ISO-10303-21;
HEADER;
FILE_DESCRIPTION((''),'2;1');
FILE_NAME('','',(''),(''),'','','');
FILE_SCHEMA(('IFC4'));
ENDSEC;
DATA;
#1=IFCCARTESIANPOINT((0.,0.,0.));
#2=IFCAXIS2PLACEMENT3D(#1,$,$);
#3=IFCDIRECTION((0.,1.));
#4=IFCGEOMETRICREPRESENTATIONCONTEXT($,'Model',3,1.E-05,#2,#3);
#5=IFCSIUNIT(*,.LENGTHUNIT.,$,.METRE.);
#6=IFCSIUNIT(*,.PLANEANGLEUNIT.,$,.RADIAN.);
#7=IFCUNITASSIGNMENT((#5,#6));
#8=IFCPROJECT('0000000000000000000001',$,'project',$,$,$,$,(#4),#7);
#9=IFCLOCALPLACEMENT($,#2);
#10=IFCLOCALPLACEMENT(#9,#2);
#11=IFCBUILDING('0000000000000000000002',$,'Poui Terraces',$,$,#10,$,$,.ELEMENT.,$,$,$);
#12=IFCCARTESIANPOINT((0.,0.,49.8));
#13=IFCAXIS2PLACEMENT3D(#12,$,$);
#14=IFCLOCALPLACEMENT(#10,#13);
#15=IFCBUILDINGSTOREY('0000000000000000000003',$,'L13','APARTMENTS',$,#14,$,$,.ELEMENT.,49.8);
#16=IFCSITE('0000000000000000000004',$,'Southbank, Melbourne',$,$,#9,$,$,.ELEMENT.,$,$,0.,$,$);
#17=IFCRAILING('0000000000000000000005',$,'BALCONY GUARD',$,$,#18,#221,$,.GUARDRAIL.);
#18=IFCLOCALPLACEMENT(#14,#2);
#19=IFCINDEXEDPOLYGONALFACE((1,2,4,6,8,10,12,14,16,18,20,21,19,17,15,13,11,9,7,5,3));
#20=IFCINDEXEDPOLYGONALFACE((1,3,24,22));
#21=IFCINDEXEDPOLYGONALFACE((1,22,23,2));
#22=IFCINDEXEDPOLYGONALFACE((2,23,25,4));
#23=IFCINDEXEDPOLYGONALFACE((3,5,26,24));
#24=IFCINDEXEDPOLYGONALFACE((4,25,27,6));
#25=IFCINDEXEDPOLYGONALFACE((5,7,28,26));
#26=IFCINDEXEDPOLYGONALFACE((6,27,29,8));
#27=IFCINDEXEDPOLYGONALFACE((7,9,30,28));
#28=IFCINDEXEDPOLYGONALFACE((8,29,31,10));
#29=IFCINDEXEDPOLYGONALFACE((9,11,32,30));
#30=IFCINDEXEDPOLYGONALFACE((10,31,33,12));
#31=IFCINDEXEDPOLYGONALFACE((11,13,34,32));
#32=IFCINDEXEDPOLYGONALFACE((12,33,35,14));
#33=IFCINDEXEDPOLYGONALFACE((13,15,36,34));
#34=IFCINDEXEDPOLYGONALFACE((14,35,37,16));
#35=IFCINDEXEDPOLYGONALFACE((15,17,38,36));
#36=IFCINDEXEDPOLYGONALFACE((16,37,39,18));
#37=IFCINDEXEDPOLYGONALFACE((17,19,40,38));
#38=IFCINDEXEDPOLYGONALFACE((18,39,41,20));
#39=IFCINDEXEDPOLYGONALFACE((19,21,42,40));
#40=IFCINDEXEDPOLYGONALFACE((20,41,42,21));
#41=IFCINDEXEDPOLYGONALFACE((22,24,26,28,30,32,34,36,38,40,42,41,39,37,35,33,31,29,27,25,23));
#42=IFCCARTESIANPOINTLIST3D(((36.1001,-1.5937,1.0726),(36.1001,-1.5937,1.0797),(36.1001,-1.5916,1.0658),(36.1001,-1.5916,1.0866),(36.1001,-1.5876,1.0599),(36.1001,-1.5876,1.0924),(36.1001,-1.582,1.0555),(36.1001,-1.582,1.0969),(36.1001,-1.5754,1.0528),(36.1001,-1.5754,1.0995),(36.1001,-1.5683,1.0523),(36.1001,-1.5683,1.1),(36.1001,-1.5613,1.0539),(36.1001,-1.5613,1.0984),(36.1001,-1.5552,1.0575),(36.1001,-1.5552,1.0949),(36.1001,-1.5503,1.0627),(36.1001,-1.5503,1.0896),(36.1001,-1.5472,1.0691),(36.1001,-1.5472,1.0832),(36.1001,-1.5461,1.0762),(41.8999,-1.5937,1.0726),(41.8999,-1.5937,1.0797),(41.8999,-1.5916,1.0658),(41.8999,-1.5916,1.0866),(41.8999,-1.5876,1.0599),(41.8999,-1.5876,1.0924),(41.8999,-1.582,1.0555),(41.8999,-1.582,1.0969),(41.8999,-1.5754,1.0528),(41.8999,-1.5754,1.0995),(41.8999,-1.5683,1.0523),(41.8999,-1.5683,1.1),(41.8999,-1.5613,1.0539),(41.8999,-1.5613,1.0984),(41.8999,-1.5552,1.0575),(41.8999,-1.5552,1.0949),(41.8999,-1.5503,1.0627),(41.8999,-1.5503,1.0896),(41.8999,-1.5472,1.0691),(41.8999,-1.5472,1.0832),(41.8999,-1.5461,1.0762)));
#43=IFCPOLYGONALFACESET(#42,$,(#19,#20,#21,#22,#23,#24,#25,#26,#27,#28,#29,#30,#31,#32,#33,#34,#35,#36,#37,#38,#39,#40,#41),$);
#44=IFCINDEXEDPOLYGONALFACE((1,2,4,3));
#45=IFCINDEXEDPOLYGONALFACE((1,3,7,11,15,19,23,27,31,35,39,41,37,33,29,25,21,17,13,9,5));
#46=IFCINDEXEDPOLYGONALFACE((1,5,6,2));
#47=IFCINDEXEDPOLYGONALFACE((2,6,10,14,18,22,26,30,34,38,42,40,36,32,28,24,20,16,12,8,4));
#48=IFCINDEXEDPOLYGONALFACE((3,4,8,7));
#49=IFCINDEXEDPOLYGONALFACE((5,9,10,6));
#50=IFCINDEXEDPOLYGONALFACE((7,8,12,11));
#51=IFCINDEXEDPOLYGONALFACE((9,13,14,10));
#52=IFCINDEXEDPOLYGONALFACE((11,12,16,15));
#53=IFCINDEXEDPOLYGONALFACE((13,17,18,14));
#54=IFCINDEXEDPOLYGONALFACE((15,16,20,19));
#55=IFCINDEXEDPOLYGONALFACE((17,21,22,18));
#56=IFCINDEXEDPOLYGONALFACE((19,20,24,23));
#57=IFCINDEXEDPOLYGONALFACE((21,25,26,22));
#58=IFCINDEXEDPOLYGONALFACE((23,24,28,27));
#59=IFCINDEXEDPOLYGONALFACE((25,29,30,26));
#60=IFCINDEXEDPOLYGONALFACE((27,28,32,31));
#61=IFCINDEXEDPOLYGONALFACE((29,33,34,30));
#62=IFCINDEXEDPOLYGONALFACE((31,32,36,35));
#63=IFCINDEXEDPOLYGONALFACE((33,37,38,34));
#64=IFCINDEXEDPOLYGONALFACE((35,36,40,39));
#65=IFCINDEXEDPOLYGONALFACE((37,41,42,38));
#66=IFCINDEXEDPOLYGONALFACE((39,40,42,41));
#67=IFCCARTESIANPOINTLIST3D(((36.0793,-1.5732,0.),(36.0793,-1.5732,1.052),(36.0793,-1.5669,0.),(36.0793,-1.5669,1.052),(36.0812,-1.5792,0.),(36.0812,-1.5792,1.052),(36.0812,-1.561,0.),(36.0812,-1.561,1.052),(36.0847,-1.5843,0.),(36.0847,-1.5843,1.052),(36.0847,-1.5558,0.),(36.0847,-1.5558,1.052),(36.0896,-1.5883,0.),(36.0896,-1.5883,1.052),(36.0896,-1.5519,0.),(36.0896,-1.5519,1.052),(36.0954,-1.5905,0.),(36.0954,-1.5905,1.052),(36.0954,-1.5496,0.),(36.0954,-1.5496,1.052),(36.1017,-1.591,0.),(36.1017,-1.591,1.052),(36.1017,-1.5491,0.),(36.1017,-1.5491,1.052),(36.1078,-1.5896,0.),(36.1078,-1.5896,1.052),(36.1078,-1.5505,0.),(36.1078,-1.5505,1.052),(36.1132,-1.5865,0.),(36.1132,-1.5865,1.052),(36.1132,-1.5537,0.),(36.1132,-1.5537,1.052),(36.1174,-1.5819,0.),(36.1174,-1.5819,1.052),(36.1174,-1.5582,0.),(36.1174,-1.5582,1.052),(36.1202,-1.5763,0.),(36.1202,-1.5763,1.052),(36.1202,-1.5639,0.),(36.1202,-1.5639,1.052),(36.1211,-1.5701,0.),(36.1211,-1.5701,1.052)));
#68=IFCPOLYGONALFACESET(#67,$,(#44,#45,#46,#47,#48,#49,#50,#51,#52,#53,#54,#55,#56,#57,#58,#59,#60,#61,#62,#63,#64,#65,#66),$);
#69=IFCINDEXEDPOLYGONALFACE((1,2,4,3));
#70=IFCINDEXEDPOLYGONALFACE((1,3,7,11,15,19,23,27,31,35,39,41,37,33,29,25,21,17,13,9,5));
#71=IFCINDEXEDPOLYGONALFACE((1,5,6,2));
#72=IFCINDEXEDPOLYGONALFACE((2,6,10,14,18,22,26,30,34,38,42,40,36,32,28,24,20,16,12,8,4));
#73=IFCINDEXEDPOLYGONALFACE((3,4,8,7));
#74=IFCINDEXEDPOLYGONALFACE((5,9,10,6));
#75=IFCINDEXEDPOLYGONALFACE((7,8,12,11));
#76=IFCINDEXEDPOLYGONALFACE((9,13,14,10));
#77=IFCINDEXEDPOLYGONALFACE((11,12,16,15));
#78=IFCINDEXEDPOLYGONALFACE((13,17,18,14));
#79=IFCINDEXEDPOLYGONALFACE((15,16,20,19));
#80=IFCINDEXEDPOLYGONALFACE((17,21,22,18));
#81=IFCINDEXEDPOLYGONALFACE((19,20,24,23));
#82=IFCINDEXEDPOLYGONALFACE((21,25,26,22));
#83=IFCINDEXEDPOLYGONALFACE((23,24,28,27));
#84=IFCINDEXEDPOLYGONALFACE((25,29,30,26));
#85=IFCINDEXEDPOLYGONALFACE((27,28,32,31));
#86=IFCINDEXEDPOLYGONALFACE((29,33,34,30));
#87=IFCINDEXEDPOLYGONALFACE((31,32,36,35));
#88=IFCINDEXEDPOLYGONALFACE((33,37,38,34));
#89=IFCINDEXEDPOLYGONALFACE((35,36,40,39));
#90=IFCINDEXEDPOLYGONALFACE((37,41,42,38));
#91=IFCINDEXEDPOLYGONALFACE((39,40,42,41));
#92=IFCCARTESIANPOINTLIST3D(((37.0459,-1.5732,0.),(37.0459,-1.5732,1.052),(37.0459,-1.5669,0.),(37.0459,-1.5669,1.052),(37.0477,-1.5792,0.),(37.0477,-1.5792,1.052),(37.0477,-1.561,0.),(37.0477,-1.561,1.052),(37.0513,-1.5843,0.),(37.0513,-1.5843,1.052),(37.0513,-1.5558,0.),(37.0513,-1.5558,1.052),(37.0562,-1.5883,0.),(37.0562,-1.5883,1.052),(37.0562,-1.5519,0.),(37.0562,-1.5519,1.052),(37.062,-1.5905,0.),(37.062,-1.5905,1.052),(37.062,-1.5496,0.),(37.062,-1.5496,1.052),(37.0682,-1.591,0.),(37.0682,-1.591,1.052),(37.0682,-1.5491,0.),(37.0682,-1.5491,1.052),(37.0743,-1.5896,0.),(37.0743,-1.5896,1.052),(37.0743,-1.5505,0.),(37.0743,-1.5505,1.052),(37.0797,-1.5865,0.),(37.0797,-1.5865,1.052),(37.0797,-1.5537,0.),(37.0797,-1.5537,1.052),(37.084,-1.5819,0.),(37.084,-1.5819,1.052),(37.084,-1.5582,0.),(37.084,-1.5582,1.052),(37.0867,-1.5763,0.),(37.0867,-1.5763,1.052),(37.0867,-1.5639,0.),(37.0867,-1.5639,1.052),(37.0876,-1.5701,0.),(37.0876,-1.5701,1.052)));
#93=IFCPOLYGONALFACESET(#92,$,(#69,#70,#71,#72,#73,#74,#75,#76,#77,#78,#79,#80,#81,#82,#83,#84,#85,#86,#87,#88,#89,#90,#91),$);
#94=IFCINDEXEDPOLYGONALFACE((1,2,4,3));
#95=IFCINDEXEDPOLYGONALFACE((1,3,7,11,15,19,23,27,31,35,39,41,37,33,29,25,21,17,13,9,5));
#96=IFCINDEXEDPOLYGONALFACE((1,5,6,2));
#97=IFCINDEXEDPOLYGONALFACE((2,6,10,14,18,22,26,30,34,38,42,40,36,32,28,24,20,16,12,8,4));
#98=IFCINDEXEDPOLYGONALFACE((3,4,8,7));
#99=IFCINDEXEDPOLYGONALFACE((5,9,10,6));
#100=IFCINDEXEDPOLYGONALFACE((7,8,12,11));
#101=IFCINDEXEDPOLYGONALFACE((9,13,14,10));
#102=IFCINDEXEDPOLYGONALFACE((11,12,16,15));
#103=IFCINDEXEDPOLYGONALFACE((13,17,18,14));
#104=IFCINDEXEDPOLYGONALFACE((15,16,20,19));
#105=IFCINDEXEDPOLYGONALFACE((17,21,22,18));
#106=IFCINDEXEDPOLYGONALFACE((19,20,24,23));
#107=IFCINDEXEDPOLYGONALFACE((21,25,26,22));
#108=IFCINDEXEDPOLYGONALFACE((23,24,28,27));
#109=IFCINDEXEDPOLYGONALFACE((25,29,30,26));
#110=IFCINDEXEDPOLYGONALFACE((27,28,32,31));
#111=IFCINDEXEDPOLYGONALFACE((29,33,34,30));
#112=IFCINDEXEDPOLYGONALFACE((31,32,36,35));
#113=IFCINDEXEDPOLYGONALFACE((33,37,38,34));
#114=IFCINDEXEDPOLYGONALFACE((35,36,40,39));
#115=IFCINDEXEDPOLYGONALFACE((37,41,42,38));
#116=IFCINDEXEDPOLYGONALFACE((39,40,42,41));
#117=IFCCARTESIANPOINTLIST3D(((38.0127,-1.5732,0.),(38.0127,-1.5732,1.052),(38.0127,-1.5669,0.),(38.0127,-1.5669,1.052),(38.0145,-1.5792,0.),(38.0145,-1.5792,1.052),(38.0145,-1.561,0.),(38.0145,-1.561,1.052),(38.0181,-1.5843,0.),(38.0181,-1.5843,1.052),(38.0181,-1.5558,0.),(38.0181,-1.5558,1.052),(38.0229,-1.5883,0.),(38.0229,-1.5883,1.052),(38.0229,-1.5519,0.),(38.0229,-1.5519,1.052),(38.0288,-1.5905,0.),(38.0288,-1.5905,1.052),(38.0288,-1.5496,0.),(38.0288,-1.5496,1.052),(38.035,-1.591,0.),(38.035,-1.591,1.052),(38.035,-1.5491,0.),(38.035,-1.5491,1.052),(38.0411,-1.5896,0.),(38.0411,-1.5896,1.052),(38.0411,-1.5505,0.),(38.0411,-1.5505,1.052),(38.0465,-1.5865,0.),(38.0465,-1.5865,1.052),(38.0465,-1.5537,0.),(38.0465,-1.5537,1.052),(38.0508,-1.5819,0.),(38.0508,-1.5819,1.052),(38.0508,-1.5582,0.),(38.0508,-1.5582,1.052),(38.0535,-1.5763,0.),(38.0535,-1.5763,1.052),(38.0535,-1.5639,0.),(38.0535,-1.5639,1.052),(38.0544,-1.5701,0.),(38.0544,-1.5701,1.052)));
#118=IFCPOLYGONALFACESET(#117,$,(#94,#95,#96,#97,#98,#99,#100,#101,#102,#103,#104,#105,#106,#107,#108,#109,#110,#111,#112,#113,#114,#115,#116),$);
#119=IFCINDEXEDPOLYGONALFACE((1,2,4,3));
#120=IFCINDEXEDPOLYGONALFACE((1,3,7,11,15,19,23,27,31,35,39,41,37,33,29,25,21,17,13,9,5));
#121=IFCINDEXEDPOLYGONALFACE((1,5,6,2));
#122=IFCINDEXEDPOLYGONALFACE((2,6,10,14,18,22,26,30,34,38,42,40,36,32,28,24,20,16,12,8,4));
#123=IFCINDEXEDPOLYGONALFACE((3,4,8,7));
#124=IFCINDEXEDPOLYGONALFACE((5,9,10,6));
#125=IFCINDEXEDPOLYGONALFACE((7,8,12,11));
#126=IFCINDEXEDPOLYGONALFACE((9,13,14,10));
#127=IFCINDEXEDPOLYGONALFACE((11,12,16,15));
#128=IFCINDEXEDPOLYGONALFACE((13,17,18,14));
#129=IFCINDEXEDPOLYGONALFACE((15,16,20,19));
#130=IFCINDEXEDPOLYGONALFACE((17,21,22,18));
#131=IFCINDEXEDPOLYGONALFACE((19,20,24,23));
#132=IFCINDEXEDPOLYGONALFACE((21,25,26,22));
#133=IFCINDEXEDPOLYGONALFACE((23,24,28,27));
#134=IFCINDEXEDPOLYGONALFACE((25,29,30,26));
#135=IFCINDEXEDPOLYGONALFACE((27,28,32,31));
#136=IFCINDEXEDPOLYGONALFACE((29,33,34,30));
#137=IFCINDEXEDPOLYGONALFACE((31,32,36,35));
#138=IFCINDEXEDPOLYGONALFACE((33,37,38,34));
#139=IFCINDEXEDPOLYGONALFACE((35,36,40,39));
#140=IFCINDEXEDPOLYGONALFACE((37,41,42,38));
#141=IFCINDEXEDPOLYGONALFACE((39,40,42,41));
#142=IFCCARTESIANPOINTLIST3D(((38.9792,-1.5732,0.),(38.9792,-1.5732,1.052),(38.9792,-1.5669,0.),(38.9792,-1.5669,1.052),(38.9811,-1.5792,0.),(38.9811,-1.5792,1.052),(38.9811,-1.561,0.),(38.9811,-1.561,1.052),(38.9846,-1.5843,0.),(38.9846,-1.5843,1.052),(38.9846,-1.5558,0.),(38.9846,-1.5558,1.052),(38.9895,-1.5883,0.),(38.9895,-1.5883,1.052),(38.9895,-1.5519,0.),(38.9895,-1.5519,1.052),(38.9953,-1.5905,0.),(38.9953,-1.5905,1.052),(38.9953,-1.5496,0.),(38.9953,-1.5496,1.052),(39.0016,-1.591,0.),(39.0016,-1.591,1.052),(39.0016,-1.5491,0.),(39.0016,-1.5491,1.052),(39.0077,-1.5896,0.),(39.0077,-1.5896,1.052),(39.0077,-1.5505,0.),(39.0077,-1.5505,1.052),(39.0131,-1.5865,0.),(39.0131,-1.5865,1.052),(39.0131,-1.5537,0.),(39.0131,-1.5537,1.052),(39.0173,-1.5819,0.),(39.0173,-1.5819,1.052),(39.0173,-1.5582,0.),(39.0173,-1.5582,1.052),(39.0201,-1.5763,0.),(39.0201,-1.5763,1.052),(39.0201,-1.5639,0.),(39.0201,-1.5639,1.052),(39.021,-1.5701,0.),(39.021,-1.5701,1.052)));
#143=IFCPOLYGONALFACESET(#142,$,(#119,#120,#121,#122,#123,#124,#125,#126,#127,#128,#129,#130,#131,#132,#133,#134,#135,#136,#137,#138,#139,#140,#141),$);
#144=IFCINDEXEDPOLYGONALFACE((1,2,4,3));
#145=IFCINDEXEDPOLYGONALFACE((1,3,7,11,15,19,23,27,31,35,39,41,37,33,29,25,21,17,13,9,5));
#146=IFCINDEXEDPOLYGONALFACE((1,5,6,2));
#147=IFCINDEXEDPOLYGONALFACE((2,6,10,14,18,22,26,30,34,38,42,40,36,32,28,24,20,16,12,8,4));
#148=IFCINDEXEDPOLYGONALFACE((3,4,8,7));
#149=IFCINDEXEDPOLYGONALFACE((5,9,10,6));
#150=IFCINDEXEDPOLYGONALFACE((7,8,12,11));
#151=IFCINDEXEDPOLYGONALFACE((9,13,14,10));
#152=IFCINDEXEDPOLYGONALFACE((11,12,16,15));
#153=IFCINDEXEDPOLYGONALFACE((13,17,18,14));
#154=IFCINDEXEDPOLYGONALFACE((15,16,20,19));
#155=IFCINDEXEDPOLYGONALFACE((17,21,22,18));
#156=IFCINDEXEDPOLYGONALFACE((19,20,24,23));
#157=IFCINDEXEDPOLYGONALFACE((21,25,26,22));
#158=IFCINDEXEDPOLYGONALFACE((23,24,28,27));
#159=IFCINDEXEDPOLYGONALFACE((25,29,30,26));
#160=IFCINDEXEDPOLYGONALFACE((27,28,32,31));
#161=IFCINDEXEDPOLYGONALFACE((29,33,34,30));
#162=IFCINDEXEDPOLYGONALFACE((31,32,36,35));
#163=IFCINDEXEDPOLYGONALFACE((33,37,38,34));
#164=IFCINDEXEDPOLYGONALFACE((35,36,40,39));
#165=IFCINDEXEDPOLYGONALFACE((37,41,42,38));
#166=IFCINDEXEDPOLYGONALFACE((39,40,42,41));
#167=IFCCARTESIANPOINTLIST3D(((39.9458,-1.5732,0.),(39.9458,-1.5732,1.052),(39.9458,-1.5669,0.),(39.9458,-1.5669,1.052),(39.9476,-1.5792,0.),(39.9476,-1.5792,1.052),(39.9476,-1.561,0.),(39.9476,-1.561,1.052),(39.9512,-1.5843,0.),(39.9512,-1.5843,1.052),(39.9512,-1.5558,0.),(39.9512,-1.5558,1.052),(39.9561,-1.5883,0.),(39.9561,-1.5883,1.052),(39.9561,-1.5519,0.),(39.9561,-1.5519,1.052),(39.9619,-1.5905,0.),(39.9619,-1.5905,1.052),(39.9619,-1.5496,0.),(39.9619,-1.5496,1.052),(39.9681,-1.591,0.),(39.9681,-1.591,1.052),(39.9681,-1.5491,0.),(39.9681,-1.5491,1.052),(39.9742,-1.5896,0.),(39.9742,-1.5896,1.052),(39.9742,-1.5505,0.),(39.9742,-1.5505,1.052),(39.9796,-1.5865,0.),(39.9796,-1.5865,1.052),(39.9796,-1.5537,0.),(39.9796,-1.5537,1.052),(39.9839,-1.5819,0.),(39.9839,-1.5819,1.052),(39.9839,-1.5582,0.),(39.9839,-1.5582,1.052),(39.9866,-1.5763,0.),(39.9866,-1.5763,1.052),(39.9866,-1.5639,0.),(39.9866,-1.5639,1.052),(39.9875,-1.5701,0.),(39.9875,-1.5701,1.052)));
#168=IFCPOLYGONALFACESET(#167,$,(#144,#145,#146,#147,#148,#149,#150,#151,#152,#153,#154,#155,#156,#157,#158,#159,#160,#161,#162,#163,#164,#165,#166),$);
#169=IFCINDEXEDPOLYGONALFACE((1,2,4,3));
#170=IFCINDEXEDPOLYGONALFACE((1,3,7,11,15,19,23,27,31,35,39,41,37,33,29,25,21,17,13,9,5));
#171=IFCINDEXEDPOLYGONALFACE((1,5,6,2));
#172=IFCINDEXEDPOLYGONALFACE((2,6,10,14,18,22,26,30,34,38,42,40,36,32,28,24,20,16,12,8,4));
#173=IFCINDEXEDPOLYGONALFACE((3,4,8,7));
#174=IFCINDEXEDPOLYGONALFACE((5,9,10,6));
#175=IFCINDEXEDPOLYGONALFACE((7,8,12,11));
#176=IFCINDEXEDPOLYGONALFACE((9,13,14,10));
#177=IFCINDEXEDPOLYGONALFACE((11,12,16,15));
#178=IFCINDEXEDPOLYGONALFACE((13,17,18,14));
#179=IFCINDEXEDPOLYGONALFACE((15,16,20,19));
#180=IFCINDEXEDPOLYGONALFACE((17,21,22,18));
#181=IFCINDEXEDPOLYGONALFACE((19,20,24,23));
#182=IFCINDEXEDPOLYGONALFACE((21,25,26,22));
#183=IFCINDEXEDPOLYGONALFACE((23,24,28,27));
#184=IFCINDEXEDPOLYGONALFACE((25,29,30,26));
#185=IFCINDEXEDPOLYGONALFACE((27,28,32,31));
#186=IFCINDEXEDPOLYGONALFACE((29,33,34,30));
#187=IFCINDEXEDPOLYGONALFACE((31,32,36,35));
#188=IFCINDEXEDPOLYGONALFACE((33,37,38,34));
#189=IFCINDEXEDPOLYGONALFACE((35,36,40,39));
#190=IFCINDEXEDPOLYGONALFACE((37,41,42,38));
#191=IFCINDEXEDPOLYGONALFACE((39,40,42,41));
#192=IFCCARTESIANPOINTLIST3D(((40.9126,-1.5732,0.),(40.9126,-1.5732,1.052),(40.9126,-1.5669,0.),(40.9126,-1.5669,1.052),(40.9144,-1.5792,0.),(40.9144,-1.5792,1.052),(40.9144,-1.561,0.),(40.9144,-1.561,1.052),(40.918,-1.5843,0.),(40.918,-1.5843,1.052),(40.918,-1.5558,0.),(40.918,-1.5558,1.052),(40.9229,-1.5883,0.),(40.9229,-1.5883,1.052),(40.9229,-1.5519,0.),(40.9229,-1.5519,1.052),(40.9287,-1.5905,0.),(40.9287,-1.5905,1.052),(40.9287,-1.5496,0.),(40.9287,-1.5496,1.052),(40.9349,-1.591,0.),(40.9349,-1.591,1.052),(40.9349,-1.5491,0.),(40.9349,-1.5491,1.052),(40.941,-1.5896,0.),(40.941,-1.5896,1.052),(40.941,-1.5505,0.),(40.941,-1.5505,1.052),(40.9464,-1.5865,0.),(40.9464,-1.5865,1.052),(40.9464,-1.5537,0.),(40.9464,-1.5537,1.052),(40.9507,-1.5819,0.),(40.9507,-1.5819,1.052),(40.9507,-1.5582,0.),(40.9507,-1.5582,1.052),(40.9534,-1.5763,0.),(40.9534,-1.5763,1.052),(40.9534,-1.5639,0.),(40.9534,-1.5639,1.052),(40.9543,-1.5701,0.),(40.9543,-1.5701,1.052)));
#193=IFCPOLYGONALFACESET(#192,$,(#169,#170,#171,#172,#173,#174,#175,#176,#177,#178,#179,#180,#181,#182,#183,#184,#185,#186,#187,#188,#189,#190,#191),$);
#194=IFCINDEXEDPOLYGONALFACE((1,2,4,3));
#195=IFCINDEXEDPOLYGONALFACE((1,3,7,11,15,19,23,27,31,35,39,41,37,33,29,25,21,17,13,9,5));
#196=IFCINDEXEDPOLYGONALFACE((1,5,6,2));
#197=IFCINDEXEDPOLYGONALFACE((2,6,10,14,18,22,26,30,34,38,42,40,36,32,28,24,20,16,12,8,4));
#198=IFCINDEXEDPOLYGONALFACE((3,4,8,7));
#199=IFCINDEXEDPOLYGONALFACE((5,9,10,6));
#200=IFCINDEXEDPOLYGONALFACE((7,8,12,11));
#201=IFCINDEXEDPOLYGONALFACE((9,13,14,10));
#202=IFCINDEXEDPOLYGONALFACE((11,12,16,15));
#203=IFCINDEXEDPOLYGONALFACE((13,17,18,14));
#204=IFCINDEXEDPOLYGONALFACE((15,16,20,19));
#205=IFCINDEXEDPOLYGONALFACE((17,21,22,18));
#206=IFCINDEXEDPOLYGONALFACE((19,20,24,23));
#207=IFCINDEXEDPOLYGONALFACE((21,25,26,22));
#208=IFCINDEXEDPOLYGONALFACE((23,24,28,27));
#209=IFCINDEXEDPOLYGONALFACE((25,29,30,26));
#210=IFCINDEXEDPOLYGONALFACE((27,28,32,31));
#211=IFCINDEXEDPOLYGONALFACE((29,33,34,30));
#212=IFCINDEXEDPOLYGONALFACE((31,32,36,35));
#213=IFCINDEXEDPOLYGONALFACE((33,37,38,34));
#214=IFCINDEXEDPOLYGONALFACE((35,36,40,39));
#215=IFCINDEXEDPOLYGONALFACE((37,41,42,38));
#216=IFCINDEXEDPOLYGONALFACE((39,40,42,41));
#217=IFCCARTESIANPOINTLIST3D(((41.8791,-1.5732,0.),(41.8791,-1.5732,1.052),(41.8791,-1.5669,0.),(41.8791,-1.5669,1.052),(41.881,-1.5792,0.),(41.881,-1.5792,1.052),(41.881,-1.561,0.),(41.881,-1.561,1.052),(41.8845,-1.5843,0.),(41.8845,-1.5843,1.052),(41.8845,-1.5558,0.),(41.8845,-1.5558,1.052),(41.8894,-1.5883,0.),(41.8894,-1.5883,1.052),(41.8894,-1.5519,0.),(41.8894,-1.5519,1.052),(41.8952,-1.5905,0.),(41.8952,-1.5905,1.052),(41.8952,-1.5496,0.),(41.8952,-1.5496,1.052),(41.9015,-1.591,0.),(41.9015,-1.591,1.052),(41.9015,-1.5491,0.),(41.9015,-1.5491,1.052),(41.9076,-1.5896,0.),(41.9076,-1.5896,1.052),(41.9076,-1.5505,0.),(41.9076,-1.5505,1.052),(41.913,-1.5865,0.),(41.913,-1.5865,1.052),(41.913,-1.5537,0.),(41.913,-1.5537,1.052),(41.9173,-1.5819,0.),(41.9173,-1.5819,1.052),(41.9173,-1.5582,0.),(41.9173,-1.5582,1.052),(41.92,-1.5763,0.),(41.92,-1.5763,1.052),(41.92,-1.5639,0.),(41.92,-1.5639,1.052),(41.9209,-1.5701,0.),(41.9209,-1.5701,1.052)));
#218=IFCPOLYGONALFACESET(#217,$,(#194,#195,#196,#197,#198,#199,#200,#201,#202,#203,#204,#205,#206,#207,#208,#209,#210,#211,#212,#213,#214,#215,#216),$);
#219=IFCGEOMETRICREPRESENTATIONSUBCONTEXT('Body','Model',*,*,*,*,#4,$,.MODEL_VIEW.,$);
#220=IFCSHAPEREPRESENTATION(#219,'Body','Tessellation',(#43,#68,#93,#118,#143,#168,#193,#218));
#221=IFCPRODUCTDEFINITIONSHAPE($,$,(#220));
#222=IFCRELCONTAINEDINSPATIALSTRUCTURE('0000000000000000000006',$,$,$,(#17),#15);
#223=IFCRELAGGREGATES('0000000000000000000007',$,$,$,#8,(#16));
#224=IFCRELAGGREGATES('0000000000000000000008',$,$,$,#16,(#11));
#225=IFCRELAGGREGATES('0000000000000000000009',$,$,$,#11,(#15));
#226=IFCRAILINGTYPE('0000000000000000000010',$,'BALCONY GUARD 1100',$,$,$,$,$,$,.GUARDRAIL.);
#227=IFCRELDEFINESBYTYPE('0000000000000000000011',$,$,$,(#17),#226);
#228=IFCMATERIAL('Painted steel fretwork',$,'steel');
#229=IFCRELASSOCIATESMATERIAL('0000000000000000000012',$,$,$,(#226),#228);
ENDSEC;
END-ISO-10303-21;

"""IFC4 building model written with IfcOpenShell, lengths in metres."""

from ifc_helpers import new_model, si_unit, direction, frame, origin, origin_2d, place, context, subcontext, project, spatial, circle, extrude, material, type_object, element, save


model = new_model("IFC4")

# Units and contexts
model_context = context("Model", 3, precision=1e-05, world=origin(), true_north=direction((0.0, 1.0)))
body_context = subcontext(model_context, "Body", "Model", "MODEL_VIEW")
ifc_project = project(units=[si_unit("LENGTHUNIT", "METRE"), si_unit("PLANEANGLEUNIT", "RADIAN")], contexts=[model_context])

# Site, building, storey
site_placement = place(None, origin())
site = spatial("IfcSite", under=ifc_project, at=site_placement, Name="Southbank, Melbourne", CompositionType="ELEMENT", RefElevation=0.0)
building_placement = place(site_placement, origin())
building = spatial("IfcBuilding", under=site, at=building_placement, Name="Poui Terraces", CompositionType="ELEMENT")
storey_placement = place(building_placement, frame((0.0, 0.0, 49.8)))
storey = spatial("IfcBuildingStorey", under=building, at=storey_placement, Name="L13", Description="APARTMENTS", CompositionType="ELEMENT", Elevation=49.8)

# Railing
ifc_material_1 = material(Name="Painted steel fretwork", Category="steel")
railing_type = type_object("IfcRailingType", Name="BALCONY GUARD 1100", PredefinedType="GUARDRAIL", material=ifc_material_1)
railing_placement = place(storey_placement, frame((36.1001, -1.5701, 0.0)))
element("IfcRailing", 1, at=railing_placement, inside=storey, type_object=railing_type, Name="BALCONY GUARD", PredefinedType="GUARDRAIL", context=body_context, shape_type="SweptSolid", body=[
    extrude(circle(Radius=0.0239, at=origin_2d()), frame((0.0, 0.0, 1.0762), z_axis=(1.0, 0.0, 0.0), x_axis=(0.0, 1.0, 0.0)), (0.0, 0.0, 1.0), 5.7998),
    extrude(circle(Radius=0.021, at=origin_2d()), origin(), (0.0, 0.0, 1.0), 1.052),
    extrude(circle(Radius=0.021, at=origin_2d()), frame((0.9666, 0.0, 0.0)), (0.0, 0.0, 1.0), 1.052),
    extrude(circle(Radius=0.021, at=origin_2d()), frame((1.9333, 0.0, 0.0)), (0.0, 0.0, 1.0), 1.052),
    extrude(circle(Radius=0.021, at=origin_2d()), frame((2.8999, 0.0, 0.0)), (0.0, 0.0, 1.0), 1.052),
    extrude(circle(Radius=0.021, at=origin_2d()), frame((3.8665, 0.0, 0.0)), (0.0, 0.0, 1.0), 1.052),
    extrude(circle(Radius=0.021, at=origin_2d()), frame((4.8333, 0.0, 0.0)), (0.0, 0.0, 1.0), 1.052),
    extrude(circle(Radius=0.021, at=origin_2d()), frame((5.7998, 0.0, 0.0)), (0.0, 0.0, 1.0), 1.052),
])

save(model, "model.ifc")
